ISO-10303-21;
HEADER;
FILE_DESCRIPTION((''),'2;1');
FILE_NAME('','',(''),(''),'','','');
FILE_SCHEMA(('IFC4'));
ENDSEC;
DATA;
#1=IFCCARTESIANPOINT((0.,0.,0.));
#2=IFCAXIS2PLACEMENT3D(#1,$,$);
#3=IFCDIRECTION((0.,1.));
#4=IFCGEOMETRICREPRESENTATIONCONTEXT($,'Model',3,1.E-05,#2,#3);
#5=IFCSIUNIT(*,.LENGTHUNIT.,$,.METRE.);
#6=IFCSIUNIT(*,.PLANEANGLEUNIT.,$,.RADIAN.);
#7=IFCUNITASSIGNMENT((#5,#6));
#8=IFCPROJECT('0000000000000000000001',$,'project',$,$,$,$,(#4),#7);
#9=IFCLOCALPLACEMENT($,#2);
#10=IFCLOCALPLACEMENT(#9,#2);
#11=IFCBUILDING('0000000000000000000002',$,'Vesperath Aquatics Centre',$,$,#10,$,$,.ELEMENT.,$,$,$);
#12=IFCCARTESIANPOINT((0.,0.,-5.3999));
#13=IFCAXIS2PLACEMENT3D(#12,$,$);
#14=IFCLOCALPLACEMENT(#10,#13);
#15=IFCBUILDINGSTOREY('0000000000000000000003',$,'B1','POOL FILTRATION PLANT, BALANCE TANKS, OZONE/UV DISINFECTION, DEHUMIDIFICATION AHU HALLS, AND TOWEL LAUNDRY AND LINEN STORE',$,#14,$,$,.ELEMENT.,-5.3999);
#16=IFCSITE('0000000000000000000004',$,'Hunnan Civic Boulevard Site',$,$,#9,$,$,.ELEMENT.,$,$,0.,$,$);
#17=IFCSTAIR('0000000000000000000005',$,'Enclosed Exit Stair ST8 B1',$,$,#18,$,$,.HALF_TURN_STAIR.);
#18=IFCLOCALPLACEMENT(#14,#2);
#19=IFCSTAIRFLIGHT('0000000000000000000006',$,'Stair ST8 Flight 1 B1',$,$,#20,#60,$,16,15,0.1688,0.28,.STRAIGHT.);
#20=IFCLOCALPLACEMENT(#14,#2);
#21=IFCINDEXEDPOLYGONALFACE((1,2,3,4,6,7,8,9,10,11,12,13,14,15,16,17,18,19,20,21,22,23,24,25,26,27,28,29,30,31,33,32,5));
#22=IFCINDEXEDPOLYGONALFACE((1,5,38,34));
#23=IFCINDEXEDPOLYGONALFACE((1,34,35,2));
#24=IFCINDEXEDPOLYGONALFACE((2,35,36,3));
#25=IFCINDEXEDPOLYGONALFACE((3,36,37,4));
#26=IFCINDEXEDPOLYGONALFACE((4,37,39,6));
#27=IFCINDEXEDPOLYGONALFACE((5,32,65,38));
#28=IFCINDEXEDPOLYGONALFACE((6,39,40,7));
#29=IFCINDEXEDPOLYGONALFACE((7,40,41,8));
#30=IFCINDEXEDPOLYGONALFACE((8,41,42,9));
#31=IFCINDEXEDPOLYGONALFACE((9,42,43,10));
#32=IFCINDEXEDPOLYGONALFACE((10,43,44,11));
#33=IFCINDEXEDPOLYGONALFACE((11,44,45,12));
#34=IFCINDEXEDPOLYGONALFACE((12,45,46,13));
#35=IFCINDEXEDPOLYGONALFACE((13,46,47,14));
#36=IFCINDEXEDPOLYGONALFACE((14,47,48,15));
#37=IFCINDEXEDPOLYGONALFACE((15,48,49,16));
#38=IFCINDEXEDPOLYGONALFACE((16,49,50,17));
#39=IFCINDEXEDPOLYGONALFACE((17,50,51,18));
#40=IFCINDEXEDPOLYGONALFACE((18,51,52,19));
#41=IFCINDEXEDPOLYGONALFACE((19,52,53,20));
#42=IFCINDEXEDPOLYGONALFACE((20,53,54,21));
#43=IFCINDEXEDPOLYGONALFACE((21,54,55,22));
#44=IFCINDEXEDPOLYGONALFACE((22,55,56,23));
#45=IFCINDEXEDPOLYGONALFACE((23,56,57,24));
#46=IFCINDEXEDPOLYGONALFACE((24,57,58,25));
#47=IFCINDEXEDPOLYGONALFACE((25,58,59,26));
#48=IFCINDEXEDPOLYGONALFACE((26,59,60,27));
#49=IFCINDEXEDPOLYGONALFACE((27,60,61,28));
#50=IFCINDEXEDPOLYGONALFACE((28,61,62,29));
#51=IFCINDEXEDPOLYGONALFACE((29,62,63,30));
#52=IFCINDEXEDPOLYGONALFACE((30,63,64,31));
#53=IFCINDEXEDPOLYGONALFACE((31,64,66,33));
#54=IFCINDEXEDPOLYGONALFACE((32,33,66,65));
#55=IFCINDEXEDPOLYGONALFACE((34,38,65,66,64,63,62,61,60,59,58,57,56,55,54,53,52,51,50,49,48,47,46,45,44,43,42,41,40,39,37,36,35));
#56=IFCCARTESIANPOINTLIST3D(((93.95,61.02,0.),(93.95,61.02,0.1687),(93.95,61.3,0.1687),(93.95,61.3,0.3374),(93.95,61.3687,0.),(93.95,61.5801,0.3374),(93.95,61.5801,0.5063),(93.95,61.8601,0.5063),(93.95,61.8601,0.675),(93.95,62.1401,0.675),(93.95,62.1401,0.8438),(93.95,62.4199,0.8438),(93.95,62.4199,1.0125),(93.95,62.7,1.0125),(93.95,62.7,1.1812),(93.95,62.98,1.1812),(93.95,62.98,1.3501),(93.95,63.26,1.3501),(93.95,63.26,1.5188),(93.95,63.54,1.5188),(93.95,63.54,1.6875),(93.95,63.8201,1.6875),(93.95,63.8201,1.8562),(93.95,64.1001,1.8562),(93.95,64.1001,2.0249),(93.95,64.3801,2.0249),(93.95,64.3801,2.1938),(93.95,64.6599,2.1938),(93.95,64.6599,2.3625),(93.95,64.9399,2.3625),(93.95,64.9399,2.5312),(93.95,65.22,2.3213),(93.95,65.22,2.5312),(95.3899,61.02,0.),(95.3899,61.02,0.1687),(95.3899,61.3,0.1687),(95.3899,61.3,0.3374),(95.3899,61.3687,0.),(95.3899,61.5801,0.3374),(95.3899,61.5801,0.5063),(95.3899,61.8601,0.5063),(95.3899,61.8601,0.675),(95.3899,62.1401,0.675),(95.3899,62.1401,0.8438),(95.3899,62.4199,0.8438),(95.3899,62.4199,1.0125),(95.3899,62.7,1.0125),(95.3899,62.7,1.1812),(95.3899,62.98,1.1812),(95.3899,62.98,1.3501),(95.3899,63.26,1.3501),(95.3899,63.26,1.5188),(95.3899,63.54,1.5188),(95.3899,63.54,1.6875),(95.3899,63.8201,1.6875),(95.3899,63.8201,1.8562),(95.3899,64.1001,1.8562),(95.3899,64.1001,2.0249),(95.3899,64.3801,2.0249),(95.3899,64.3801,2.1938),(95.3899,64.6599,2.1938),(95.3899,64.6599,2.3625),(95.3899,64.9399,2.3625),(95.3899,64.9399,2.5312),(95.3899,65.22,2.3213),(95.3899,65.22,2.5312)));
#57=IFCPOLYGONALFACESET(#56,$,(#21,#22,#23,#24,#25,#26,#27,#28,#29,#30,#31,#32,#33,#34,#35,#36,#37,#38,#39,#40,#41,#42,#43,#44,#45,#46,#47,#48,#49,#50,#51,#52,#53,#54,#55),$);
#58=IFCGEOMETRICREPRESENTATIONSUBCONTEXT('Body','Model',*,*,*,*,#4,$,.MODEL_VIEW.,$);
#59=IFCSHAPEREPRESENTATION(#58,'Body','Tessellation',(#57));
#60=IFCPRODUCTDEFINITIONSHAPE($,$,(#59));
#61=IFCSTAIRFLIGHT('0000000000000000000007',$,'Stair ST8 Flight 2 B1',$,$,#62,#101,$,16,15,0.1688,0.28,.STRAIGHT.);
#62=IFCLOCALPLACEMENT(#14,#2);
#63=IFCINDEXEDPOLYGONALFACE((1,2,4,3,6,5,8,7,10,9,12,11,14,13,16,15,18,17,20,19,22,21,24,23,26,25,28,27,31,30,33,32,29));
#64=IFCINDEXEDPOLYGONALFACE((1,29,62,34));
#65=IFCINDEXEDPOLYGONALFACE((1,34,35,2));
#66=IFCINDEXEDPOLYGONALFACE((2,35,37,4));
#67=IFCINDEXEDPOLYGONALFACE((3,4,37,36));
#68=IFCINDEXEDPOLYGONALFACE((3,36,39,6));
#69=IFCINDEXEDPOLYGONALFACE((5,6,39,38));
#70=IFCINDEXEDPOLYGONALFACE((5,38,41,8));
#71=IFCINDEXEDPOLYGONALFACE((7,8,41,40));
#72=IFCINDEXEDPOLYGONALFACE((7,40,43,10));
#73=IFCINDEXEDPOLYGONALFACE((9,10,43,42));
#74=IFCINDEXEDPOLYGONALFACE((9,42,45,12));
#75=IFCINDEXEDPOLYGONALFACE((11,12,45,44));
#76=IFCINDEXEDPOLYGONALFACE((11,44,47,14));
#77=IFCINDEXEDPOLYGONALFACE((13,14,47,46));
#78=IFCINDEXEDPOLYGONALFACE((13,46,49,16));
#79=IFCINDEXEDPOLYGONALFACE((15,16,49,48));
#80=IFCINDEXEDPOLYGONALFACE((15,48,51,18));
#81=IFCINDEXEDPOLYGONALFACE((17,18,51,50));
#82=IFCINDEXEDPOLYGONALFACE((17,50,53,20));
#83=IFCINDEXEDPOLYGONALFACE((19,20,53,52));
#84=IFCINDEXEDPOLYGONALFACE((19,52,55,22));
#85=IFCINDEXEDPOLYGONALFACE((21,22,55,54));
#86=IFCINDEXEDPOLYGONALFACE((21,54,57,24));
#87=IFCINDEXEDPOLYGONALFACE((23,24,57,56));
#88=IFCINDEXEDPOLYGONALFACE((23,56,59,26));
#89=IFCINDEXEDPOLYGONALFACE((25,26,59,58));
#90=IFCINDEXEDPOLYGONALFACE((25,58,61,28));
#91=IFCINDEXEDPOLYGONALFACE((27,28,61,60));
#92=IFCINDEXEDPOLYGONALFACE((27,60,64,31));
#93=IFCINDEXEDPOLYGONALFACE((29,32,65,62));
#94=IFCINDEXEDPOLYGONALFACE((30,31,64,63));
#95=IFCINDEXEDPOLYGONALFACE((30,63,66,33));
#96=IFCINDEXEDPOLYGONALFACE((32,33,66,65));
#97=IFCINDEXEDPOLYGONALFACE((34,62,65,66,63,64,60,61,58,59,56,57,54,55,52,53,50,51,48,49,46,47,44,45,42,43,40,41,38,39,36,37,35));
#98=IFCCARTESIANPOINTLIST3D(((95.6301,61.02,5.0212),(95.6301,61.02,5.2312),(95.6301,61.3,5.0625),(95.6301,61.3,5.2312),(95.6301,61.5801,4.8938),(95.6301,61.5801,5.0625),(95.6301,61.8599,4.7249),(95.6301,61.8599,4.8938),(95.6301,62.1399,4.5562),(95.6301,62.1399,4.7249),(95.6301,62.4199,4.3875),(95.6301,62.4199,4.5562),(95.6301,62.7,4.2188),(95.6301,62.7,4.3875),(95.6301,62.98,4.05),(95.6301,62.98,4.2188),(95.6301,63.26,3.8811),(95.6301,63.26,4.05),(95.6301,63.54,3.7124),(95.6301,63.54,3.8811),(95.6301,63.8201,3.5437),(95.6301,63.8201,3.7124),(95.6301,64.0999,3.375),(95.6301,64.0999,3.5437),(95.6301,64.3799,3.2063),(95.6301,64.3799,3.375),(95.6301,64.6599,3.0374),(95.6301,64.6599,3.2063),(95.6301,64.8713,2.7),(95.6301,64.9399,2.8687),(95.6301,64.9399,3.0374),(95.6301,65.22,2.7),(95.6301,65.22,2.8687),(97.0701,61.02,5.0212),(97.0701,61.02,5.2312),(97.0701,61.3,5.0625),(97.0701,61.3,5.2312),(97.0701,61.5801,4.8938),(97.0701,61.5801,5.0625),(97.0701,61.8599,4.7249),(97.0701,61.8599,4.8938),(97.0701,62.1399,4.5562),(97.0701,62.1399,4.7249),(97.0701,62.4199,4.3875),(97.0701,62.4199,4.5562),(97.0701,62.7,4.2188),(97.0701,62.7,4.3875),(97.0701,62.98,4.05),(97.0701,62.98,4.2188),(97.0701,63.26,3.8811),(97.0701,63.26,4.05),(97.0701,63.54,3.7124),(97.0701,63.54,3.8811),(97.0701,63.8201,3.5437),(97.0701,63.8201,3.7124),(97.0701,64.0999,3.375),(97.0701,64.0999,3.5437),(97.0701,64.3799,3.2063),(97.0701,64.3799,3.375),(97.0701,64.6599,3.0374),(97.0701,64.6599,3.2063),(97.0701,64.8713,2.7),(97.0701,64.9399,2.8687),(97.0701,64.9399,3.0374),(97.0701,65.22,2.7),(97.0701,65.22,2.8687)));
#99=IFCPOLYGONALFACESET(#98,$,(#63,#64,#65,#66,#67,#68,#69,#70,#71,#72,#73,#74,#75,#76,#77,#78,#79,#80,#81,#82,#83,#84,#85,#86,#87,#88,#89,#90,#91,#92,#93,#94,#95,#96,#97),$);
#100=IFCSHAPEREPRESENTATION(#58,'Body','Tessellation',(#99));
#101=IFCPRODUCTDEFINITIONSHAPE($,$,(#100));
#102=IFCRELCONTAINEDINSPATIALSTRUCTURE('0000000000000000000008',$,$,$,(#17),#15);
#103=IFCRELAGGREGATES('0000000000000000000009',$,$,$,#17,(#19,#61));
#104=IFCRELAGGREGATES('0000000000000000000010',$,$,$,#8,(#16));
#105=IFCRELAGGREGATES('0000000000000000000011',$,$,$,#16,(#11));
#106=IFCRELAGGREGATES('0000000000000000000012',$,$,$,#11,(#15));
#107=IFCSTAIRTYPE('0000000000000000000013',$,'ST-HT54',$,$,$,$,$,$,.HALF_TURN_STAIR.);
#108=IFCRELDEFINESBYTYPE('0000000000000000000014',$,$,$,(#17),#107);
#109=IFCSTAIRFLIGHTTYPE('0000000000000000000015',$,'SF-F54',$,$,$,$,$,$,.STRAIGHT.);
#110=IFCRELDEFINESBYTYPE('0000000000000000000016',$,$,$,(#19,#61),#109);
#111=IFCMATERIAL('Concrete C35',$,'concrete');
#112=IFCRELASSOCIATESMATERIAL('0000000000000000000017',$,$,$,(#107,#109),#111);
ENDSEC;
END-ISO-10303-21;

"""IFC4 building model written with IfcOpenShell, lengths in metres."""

from ifc_helpers import new_model, si_unit, direction, frame, origin, place, context, subcontext, project, spatial, polyline, outline, extrude, material, type_object, element, aggregate, save


model = new_model("IFC4")

# Units and contexts
model_context = context("Model", 3, precision=1e-05, world=origin(), true_north=direction((0.0, 1.0)))
body_context = subcontext(model_context, "Body", "Model", "MODEL_VIEW")
ifc_project = project(units=[si_unit("LENGTHUNIT", "METRE"), si_unit("PLANEANGLEUNIT", "RADIAN")], contexts=[model_context])

# Site, building, storey
site_placement = place(None, origin())
site = spatial("IfcSite", under=ifc_project, at=site_placement, Name="Hunnan Civic Boulevard Site", CompositionType="ELEMENT", RefElevation=0.0)
building_placement = place(site_placement, origin())
building = spatial("IfcBuilding", under=site, at=building_placement, Name="Vesperath Aquatics Centre", CompositionType="ELEMENT")
storey_placement = place(building_placement, frame((0.0, 0.0, -5.3999)))
storey = spatial("IfcBuildingStorey", under=building, at=storey_placement, Name="B1", Description="POOL FILTRATION PLANT, BALANCE TANKS, OZONE/UV DISINFECTION, DEHUMIDIFICATION AHU HALLS, AND TOWEL LAUNDRY AND LINEN STORE", CompositionType="ELEMENT", Elevation=-5.3999)

# Shared definitions
ifc_material_1 = material(Name="Concrete C35", Category="concrete")

# Stair, stair flights
stair_type = type_object("IfcStairType", Name="ST-HT54", PredefinedType="HALF_TURN_STAIR", material=ifc_material_1)
stair_placement = place(storey_placement, origin())
stair = element("IfcStair", 1, at=stair_placement, inside=storey, type_object=stair_type, Name="Enclosed Exit Stair ST8 B1", PredefinedType="HALF_TURN_STAIR")
stair_flight_type = type_object("IfcStairFlightType", Name="SF-F54", PredefinedType="STRAIGHT", material=ifc_material_1)
stair_flight_1_placement = place(storey_placement, frame((94.6699, 61.02, 0.0), z_axis=(0.0, 0.0, 1.0), x_axis=(0.0, 1.0, 0.0)))
stair_flight_1 = element("IfcStairFlight", 2, at=stair_flight_1_placement, type_object=stair_flight_type, Name="Stair ST8 Flight 1 B1", NumberOfRisers=16, NumberOfTreads=15, PredefinedType="STRAIGHT", RiserHeight=0.1688, TreadLength=0.28, context=body_context, shape_type="SweptSolid", body=[
    extrude(outline(polyline([(0.0, 0.0), (0.0, 0.1687), (0.28, 0.1687), (0.28, 0.3374), (0.5601, 0.3374), (0.5601, 0.5063), (0.8401, 0.5063), (0.8401, 0.675), (1.1201, 0.675), (1.1201, 0.8438), (1.3999, 0.8438), (1.3999, 1.0125), (1.6799, 1.0125), (1.6799, 1.1812), (1.96, 1.1812), (1.96, 1.3501), (2.24, 1.3501), (2.24, 1.5188), (2.52, 1.5188), (2.52, 1.6875), (2.8, 1.6875), (2.8, 1.8562), (3.0801, 1.8562), (3.0801, 2.0249), (3.3601, 2.0249), (3.3601, 2.1938), (3.6399, 2.1938), (3.6399, 2.3625), (3.9199, 2.3625), (3.9199, 2.5312), (4.2, 2.5312), (4.2, 2.7), (4.2, 2.3213), (0.3486, 0.0), (0.0, 0.0)])), frame((0.0, 0.72, 0.0), z_axis=(0.0, -1.0, 0.0), x_axis=(1.0, 0.0, 0.0)), (0.0, 0.0, 1.0), 1.4399),
])
stair_flight_2_placement = place(storey_placement, frame((96.3501, 65.22, 2.7), z_axis=(0.0, 0.0, 1.0), x_axis=(0.0, -1.0, 0.0)))
stair_flight_2 = element("IfcStairFlight", 3, at=stair_flight_2_placement, type_object=stair_flight_type, Name="Stair ST8 Flight 2 B1", NumberOfRisers=16, NumberOfTreads=15, PredefinedType="STRAIGHT", RiserHeight=0.1688, TreadLength=0.28, context=body_context, shape_type="SweptSolid", body=[
    extrude(outline(polyline([(0.0, 0.0), (0.0, 0.1687), (0.28, 0.1687), (0.28, 0.3374), (0.5601, 0.3374), (0.5601, 0.5063), (0.8401, 0.5063), (0.8401, 0.675), (1.1201, 0.675), (1.1201, 0.8438), (1.3999, 0.8438), (1.3999, 1.0125), (1.6799, 1.0125), (1.6799, 1.1812), (1.96, 1.1812), (1.96, 1.3501), (2.24, 1.3501), (2.24, 1.5188), (2.52, 1.5188), (2.52, 1.6875), (2.8, 1.6875), (2.8, 1.8562), (3.0801, 1.8562), (3.0801, 2.0249), (3.3601, 2.0249), (3.3601, 2.1938), (3.6399, 2.1938), (3.6399, 2.3625), (3.9199, 2.3625), (3.9199, 2.5312), (4.2, 2.5312), (4.2, 2.7), (4.2, 2.3213), (0.3486, 0.0), (0.0, 0.0)])), frame((0.0, 0.72, 0.0), z_axis=(0.0, -1.0, 0.0), x_axis=(1.0, 0.0, 0.0)), (0.0, 0.0, 1.0), 1.4399),
])
aggregate(stair, [stair_flight_1, stair_flight_2])

save(model, "model.ifc")
